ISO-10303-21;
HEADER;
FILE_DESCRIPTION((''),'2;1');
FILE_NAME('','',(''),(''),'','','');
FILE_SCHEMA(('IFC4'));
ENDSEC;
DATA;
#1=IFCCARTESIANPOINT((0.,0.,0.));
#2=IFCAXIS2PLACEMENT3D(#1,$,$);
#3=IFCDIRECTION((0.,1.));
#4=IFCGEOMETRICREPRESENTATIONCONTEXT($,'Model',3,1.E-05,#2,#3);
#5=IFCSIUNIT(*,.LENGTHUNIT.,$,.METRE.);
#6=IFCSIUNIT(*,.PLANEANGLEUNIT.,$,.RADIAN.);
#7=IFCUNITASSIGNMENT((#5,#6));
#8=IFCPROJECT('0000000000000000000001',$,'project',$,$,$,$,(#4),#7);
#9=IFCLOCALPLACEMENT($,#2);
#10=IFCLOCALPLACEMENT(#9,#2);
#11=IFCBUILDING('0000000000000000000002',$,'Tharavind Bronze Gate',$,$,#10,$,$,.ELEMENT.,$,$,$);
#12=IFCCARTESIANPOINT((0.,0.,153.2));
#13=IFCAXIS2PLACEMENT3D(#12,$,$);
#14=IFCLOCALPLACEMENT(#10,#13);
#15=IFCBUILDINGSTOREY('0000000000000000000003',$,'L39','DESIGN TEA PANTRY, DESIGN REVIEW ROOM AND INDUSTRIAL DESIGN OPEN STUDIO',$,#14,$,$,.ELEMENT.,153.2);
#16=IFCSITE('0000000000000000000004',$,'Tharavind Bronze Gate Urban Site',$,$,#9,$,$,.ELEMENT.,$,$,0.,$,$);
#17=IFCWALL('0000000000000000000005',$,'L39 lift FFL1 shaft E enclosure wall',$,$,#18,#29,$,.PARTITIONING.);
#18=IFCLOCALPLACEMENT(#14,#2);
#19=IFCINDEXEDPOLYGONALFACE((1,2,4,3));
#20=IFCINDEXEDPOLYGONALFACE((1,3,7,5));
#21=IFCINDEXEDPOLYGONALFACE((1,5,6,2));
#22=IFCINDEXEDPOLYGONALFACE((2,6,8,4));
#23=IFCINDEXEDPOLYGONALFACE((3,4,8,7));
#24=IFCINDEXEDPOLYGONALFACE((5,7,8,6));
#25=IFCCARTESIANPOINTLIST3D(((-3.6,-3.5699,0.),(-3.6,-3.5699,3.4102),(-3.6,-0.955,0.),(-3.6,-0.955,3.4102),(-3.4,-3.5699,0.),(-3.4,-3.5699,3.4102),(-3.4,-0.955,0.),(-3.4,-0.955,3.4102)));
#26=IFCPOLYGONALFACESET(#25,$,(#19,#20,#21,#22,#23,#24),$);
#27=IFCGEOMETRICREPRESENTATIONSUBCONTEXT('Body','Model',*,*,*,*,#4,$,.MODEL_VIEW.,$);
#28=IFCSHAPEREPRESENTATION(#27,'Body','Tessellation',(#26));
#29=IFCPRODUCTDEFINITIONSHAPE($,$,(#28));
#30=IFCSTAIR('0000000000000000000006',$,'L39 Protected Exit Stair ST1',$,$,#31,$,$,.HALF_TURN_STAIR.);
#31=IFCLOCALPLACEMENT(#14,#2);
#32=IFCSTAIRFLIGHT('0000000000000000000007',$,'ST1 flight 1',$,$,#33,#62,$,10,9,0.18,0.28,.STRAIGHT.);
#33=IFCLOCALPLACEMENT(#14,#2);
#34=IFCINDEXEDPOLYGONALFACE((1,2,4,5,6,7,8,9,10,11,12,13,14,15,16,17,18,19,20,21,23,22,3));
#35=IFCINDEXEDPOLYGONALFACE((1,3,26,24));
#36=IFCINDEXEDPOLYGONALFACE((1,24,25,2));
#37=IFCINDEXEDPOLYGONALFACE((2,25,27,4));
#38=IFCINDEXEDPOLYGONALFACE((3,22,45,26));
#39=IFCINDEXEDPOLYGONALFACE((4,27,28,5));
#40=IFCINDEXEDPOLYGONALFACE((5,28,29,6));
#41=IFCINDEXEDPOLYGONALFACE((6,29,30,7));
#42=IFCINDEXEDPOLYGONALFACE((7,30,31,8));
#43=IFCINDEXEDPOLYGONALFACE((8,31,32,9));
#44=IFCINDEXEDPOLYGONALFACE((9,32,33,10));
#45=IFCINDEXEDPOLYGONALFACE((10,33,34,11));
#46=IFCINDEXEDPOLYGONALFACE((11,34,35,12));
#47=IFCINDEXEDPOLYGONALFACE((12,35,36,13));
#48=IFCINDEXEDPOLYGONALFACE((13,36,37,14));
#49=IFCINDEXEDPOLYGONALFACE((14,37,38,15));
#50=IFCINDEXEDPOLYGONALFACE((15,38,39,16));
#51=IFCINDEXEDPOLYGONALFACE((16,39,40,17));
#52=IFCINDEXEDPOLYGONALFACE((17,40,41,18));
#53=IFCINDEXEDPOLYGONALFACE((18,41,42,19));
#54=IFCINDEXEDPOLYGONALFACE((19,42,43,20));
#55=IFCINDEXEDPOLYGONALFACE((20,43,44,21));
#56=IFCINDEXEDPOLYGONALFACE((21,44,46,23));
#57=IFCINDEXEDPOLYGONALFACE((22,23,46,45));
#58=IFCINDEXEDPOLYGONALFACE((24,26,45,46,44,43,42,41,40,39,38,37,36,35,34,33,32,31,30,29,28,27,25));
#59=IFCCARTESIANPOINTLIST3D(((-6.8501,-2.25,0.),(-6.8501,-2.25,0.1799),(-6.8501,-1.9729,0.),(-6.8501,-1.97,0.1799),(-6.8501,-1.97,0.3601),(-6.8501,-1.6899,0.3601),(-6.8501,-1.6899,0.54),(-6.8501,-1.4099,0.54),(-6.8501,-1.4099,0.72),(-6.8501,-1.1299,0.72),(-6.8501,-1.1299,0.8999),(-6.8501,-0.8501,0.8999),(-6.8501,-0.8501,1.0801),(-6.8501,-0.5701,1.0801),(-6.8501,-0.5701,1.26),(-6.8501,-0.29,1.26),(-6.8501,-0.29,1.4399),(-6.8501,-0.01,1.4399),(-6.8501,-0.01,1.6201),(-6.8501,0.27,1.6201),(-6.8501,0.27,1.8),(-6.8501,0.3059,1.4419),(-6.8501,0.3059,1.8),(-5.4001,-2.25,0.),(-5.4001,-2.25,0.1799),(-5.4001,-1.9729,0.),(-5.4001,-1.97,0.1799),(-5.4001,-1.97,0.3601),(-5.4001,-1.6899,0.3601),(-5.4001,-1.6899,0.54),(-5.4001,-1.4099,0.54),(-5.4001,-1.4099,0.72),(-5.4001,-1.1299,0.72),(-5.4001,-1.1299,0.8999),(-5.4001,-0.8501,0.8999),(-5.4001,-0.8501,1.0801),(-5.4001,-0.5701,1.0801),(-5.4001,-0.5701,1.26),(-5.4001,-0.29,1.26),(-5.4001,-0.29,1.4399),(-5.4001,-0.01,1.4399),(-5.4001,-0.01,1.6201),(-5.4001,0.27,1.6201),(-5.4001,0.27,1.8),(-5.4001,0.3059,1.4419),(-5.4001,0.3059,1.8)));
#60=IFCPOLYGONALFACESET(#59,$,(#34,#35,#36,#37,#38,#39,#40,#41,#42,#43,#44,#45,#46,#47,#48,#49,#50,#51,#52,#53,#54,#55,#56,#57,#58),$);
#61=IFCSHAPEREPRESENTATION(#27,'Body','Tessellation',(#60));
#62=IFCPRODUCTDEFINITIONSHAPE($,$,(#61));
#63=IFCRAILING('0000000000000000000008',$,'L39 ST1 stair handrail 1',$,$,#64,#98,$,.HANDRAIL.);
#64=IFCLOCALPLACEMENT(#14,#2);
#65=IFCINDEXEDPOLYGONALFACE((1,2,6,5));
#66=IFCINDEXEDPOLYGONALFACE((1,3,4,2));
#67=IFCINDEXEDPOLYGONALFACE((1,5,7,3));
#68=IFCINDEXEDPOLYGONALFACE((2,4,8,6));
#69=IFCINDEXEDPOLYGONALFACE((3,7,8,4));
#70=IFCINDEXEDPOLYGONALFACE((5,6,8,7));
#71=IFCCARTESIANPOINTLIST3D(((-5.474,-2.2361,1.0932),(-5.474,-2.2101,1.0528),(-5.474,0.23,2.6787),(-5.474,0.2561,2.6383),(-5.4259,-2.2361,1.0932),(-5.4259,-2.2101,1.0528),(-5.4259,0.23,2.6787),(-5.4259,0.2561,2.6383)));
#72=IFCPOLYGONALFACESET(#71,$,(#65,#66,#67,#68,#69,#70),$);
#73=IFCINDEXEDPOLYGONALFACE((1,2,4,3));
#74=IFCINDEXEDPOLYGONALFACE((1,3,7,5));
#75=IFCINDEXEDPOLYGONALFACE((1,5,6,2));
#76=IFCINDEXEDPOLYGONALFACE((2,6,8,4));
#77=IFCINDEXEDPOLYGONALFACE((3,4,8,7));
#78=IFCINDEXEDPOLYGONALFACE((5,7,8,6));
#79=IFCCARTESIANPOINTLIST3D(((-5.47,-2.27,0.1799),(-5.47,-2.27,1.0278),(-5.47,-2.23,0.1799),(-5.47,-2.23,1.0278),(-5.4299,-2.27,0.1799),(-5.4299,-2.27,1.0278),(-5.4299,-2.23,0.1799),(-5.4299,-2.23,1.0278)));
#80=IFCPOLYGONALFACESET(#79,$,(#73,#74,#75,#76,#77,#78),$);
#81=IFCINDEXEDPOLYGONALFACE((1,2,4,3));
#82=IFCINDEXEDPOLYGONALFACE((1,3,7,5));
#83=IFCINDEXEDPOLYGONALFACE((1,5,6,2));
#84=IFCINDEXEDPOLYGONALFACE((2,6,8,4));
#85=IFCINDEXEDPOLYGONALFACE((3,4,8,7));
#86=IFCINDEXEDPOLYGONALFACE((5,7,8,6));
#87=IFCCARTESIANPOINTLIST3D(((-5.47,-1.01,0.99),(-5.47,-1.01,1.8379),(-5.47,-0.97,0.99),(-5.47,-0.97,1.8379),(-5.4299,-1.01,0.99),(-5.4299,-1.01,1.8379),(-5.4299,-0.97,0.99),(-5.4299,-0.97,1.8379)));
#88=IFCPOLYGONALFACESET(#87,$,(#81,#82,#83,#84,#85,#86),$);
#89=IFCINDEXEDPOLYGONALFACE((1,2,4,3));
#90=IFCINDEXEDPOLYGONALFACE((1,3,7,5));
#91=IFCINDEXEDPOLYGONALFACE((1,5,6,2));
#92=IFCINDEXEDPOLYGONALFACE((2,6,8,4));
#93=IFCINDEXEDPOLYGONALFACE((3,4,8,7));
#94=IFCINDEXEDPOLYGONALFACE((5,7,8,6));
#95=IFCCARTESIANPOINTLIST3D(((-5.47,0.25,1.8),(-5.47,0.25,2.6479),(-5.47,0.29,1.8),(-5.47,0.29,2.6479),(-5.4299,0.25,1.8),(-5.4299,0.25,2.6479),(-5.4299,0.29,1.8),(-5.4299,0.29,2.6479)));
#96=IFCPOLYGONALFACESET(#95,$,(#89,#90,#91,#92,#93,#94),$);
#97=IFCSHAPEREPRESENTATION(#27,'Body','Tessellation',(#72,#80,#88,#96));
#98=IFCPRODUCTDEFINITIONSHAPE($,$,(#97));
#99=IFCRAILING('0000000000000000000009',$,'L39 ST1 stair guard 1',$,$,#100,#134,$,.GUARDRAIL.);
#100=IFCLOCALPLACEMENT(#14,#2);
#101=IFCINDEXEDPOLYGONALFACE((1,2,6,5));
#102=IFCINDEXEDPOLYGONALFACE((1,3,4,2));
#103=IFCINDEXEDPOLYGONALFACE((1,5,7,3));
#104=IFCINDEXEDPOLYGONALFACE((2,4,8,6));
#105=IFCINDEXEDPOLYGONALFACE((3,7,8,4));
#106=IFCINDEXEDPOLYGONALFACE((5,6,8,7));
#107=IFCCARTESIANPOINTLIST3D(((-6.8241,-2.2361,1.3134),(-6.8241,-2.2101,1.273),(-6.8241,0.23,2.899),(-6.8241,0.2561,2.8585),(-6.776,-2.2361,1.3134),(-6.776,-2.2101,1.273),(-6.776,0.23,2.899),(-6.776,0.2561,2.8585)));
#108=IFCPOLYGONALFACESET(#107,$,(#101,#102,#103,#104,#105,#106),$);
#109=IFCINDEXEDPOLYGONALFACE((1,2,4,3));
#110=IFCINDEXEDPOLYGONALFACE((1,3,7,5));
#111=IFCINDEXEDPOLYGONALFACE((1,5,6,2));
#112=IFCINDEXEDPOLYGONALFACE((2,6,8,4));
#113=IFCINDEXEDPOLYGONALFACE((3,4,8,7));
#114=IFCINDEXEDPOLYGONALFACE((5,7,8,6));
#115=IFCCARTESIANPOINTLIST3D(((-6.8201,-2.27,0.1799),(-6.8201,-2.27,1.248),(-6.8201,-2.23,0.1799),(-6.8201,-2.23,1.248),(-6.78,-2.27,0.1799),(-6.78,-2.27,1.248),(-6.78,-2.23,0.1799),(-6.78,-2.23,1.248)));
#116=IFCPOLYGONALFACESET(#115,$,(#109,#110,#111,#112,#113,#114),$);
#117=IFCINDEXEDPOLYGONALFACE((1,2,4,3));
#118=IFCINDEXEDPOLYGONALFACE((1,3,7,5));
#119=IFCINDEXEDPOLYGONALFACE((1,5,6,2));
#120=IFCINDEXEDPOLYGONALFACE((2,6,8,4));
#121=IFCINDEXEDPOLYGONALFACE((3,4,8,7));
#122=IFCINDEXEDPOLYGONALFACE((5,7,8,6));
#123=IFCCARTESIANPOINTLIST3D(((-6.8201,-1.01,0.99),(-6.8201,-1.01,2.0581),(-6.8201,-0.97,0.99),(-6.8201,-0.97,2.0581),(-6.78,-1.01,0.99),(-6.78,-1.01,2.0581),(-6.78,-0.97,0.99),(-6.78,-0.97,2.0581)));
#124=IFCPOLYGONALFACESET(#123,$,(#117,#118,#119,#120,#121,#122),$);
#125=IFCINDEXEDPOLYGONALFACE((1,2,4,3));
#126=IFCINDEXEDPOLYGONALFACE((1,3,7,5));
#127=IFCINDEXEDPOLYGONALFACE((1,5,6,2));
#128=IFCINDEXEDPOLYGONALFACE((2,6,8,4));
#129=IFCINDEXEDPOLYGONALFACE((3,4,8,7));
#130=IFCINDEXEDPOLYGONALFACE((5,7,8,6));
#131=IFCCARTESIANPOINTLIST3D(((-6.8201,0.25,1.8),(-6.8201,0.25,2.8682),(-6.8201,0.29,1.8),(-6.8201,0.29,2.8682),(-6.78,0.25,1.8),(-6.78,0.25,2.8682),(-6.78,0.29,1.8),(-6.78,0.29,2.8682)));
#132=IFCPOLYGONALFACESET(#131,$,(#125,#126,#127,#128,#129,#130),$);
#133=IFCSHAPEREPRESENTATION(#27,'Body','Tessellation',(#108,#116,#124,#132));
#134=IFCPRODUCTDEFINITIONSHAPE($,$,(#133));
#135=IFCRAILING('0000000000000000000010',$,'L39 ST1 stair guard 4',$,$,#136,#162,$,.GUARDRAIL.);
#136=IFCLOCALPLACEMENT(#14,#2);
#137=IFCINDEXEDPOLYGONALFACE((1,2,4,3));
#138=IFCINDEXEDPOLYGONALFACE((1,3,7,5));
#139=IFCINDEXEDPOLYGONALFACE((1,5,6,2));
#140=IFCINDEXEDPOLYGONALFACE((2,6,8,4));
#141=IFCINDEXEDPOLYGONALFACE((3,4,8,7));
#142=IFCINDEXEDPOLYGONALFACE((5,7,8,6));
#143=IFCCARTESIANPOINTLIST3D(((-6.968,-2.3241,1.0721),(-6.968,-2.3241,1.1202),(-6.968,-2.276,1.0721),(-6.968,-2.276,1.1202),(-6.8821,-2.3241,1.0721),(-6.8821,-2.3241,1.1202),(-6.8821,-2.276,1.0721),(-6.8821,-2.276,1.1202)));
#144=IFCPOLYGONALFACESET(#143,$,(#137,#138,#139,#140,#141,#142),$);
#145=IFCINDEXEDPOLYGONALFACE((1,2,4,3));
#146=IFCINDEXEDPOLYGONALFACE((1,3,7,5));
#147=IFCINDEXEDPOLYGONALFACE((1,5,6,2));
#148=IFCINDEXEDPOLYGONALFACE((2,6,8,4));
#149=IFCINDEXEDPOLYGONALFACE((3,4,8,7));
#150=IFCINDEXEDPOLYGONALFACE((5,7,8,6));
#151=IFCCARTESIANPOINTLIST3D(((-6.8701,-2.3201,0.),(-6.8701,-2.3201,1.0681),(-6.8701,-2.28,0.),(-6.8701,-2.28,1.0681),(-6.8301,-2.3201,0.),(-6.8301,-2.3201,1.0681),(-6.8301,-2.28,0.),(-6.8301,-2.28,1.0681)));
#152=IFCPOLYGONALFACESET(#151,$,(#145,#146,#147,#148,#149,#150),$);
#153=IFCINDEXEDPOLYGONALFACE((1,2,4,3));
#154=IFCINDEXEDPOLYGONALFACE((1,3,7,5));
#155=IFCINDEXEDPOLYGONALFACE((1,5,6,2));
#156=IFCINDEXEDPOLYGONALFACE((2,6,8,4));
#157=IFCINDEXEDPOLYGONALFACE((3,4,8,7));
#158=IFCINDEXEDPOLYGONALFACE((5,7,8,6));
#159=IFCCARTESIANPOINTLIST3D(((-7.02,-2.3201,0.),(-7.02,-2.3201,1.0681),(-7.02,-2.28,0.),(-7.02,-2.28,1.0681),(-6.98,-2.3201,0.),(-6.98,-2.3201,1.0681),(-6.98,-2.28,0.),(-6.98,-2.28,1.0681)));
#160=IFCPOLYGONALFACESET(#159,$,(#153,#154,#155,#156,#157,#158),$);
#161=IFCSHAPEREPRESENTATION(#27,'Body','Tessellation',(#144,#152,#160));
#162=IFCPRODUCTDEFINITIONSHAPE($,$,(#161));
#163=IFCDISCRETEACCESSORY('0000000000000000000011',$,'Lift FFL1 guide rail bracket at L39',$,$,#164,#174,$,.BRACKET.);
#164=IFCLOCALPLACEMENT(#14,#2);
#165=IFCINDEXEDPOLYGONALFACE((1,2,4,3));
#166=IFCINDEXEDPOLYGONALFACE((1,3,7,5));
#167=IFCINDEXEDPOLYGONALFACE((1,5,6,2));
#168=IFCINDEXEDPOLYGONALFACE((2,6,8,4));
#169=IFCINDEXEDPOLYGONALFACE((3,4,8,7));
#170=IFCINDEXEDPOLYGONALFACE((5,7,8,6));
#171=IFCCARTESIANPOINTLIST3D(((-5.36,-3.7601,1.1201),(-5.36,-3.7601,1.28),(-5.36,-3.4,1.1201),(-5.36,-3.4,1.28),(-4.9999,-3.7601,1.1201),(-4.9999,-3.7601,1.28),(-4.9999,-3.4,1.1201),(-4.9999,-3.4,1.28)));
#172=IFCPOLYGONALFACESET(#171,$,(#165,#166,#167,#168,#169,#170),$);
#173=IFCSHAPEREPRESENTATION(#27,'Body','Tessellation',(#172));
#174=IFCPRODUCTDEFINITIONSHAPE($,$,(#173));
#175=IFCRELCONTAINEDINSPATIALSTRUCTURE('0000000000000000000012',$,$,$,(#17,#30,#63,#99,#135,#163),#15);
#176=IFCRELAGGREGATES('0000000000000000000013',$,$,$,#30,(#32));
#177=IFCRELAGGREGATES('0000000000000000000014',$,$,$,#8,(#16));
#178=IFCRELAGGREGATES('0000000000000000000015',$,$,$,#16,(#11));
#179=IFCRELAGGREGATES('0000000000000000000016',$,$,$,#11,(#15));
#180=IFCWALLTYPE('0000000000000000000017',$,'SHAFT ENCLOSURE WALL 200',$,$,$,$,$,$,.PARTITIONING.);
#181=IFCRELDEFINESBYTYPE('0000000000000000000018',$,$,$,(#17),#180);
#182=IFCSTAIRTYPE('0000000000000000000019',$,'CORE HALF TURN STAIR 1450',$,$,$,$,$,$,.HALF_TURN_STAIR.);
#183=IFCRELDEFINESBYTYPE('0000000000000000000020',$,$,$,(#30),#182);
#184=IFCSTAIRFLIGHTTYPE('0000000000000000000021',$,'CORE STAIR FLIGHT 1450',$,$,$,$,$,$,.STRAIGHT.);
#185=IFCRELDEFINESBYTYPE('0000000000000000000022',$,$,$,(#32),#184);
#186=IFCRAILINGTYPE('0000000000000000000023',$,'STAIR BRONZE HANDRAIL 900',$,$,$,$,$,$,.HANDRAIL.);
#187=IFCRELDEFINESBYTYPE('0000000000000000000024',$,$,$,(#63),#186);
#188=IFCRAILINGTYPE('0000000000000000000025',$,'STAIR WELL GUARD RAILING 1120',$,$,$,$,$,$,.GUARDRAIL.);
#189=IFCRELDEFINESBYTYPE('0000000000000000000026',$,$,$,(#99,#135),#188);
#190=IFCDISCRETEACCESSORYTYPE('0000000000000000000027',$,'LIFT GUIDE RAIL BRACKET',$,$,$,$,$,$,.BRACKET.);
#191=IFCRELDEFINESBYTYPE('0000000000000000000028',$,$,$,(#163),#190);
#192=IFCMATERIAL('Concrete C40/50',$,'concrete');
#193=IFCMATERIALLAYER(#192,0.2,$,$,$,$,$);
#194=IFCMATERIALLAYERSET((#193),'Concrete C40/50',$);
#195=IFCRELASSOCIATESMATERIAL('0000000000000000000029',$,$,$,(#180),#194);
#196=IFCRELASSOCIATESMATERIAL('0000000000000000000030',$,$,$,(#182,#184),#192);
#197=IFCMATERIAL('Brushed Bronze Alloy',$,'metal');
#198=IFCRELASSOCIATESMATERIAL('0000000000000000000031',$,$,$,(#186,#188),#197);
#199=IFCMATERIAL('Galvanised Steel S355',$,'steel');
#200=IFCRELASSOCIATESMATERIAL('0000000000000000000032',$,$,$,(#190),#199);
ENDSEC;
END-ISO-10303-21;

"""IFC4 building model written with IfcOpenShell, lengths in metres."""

from ifc_helpers import new_model, si_unit, direction, frame, frame_2d, origin, origin_2d, place, context, subcontext, project, spatial, polyline, rectangle, outline, extrude, material, layer, layer_set, type_object, element, aggregate, save


model = new_model("IFC4")

# Units and contexts
model_context = context("Model", 3, precision=1e-05, world=origin(), true_north=direction((0.0, 1.0)))
body_context = subcontext(model_context, "Body", "Model", "MODEL_VIEW")
ifc_project = project(units=[si_unit("LENGTHUNIT", "METRE"), si_unit("PLANEANGLEUNIT", "RADIAN")], contexts=[model_context])

# Site, building, storey
site_placement = place(None, origin())
site = spatial("IfcSite", under=ifc_project, at=site_placement, Name="Tharavind Bronze Gate Urban Site", CompositionType="ELEMENT", RefElevation=0.0)
building_placement = place(site_placement, origin())
building = spatial("IfcBuilding", under=site, at=building_placement, Name="Tharavind Bronze Gate", CompositionType="ELEMENT")
storey_placement = place(building_placement, frame((0.0, 0.0, 153.2)))
storey = spatial("IfcBuildingStorey", under=building, at=storey_placement, Name="L39", Description="DESIGN TEA PANTRY, DESIGN REVIEW ROOM AND INDUSTRIAL DESIGN OPEN STUDIO", CompositionType="ELEMENT", Elevation=153.2)

# Wall
ifc_material_1 = material(Name="Concrete C40/50", Category="concrete")
ifc_layer_1 = layer(ifc_material_1, 0.2)
ifc_layer_set_1 = layer_set([ifc_layer_1], Name="Concrete C40/50")
wall_type_1 = type_object("IfcWallType", Name="SHAFT ENCLOSURE WALL 200", PredefinedType="PARTITIONING", material=ifc_layer_set_1)
wall_1_placement = place(storey_placement, frame((-3.5, -3.5701, 0.0), z_axis=(0.0, 0.0, 1.0), x_axis=(0.0, 1.0, 0.0)))
element("IfcWall", 1, at=wall_1_placement, inside=storey, type_object=wall_type_1, Name="L39 lift FFL1 shaft E enclosure wall", PredefinedType="PARTITIONING", context=body_context, shape_type="SweptSolid", body=[
    extrude(rectangle(XDim=2.615, YDim=0.2, at=frame_2d((1.3076, 0.0))), origin(), (0.0, 0.0, 1.0), 3.4102),
])

# Stair, stair flight
stair_type = type_object("IfcStairType", Name="CORE HALF TURN STAIR 1450", PredefinedType="HALF_TURN_STAIR", material=ifc_material_1)
stair_placement = place(storey_placement, origin())
stair = element("IfcStair", 2, at=stair_placement, inside=storey, type_object=stair_type, Name="L39 Protected Exit Stair ST1", PredefinedType="HALF_TURN_STAIR")
stair_flight_type = type_object("IfcStairFlightType", Name="CORE STAIR FLIGHT 1450", PredefinedType="STRAIGHT", material=ifc_material_1)
stair_flight_placement = place(storey_placement, frame((-6.125, -2.25, 0.0), z_axis=(0.0, 0.0, 1.0), x_axis=(0.0, 1.0, 0.0)))
stair_flight = element("IfcStairFlight", 3, at=stair_flight_placement, type_object=stair_flight_type, Name="ST1 flight 1", NumberOfRisers=10, NumberOfTreads=9, PredefinedType="STRAIGHT", RiserHeight=0.18, TreadLength=0.28, context=body_context, shape_type="SweptSolid", body=[
    extrude(outline(polyline([(0.0, 0.0), (0.0, 0.1799), (0.28, 0.1799), (0.28, 0.3601), (0.5601, 0.3601), (0.5601, 0.54), (0.8401, 0.54), (0.8401, 0.72), (1.1201, 0.72), (1.1201, 0.8999), (1.3999, 0.8999), (1.3999, 1.0801), (1.6799, 1.0801), (1.6799, 1.26), (1.96, 1.26), (1.96, 1.4399), (2.24, 1.4399), (2.24, 1.6201), (2.52, 1.6201), (2.52, 1.8), (2.5559, 1.8), (2.5559, 1.4419), (0.2771, 0.0), (0.0, 0.0)])), frame((0.0, 0.7251, 0.0), z_axis=(0.0, -1.0, 0.0), x_axis=(1.0, 0.0, 0.0)), (0.0, 0.0, 1.0), 1.45),
])
aggregate(stair, [stair_flight])

# Railings
ifc_material_2 = material(Name="Brushed Bronze Alloy", Category="metal")
railing_type_1 = type_object("IfcRailingType", Name="STAIR BRONZE HANDRAIL 900", PredefinedType="HANDRAIL", material=ifc_material_2)
railing_1_placement = place(storey_placement, frame((-5.45, -2.25, 0.1799)))
element("IfcRailing", 4, at=railing_1_placement, inside=storey, type_object=railing_type_1, Name="L39 ST1 stair handrail 1", PredefinedType="HANDRAIL", context=body_context, shape_type="SweptSolid", body=[
    extrude(rectangle(XDim=0.0481, YDim=0.0481, at=origin_2d()), frame((0.0, 0.0269, 0.8931), z_axis=(0.0, 0.841163, 0.540782), x_axis=(-1.0, 0.0, 0.0)), (0.0, 0.0, 1.0), 2.9319),
    extrude(rectangle(XDim=0.04, YDim=0.04, at=origin_2d()), origin(), (0.0, 0.0, 1.0), 0.8479),
    extrude(rectangle(XDim=0.04, YDim=0.04, at=origin_2d()), frame((0.0, 1.26, 0.8101)), (0.0, 0.0, 1.0), 0.8479),
    extrude(rectangle(XDim=0.04, YDim=0.04, at=origin_2d()), frame((0.0, 2.52, 1.6201)), (0.0, 0.0, 1.0), 0.8479),
])
railing_type_2 = type_object("IfcRailingType", Name="STAIR WELL GUARD RAILING 1120", PredefinedType="GUARDRAIL", material=ifc_material_2)
railing_2_placement = place(storey_placement, frame((-6.8, -2.25, 0.1799)))
element("IfcRailing", 5, at=railing_2_placement, inside=storey, type_object=railing_type_2, Name="L39 ST1 stair guard 1", PredefinedType="GUARDRAIL", context=body_context, shape_type="SweptSolid", body=[
    extrude(rectangle(XDim=0.0481, YDim=0.0481, at=origin_2d()), frame((0.0, 0.0269, 1.1133), z_axis=(0.0, 0.841163, 0.540782), x_axis=(-1.0, 0.0, 0.0)), (0.0, 0.0, 1.0), 2.9319),
    extrude(rectangle(XDim=0.04, YDim=0.04, at=origin_2d()), origin(), (0.0, 0.0, 1.0), 1.0681),
    extrude(rectangle(XDim=0.04, YDim=0.04, at=origin_2d()), frame((0.0, 1.26, 0.8101)), (0.0, 0.0, 1.0), 1.0681),
    extrude(rectangle(XDim=0.04, YDim=0.04, at=origin_2d()), frame((0.0, 2.52, 1.6201)), (0.0, 0.0, 1.0), 1.0681),
])
railing_3_placement = place(storey_placement, frame((-6.8501, -2.3, 0.0)))
element("IfcRailing", 6, at=railing_3_placement, inside=storey, type_object=railing_type_2, Name="L39 ST1 stair guard 4", PredefinedType="GUARDRAIL", context=body_context, shape_type="SweptSolid", body=[
    extrude(rectangle(XDim=0.0481, YDim=0.0481, at=origin_2d()), frame((-0.032, 0.0, 1.0962), z_axis=(-1.0, 0.0, 0.0), x_axis=(0.0, -1.0, 0.0)), (0.0, 0.0, 1.0), 0.0859),
    extrude(rectangle(XDim=0.04, YDim=0.04, at=origin_2d()), origin(), (0.0, 0.0, 1.0), 1.0681),
    extrude(rectangle(XDim=0.04, YDim=0.04, at=origin_2d()), frame((-0.1499, 0.0, 0.0)), (0.0, 0.0, 1.0), 1.0681),
])

# Discrete accessory
ifc_material_3 = material(Name="Galvanised Steel S355", Category="steel")
discrete_accessory_type = type_object("IfcDiscreteAccessoryType", Name="LIFT GUIDE RAIL BRACKET", PredefinedType="BRACKET", material=ifc_material_3)
discrete_accessory_placement = place(storey_placement, frame((-5.1799, -3.5801, 1.1201), z_axis=(0.0, 0.0, 1.0), x_axis=(1.0, 0.0, 0.0)))
element("IfcDiscreteAccessory", 7, at=discrete_accessory_placement, inside=storey, type_object=discrete_accessory_type, Name="Lift FFL1 guide rail bracket at L39", PredefinedType="BRACKET", context=body_context, shape_type="SweptSolid", body=[
    extrude(rectangle(XDim=0.3601, YDim=0.3601, at=origin_2d()), origin(), (0.0, 0.0, 1.0), 0.1599),
])

save(model, "model.ifc")
